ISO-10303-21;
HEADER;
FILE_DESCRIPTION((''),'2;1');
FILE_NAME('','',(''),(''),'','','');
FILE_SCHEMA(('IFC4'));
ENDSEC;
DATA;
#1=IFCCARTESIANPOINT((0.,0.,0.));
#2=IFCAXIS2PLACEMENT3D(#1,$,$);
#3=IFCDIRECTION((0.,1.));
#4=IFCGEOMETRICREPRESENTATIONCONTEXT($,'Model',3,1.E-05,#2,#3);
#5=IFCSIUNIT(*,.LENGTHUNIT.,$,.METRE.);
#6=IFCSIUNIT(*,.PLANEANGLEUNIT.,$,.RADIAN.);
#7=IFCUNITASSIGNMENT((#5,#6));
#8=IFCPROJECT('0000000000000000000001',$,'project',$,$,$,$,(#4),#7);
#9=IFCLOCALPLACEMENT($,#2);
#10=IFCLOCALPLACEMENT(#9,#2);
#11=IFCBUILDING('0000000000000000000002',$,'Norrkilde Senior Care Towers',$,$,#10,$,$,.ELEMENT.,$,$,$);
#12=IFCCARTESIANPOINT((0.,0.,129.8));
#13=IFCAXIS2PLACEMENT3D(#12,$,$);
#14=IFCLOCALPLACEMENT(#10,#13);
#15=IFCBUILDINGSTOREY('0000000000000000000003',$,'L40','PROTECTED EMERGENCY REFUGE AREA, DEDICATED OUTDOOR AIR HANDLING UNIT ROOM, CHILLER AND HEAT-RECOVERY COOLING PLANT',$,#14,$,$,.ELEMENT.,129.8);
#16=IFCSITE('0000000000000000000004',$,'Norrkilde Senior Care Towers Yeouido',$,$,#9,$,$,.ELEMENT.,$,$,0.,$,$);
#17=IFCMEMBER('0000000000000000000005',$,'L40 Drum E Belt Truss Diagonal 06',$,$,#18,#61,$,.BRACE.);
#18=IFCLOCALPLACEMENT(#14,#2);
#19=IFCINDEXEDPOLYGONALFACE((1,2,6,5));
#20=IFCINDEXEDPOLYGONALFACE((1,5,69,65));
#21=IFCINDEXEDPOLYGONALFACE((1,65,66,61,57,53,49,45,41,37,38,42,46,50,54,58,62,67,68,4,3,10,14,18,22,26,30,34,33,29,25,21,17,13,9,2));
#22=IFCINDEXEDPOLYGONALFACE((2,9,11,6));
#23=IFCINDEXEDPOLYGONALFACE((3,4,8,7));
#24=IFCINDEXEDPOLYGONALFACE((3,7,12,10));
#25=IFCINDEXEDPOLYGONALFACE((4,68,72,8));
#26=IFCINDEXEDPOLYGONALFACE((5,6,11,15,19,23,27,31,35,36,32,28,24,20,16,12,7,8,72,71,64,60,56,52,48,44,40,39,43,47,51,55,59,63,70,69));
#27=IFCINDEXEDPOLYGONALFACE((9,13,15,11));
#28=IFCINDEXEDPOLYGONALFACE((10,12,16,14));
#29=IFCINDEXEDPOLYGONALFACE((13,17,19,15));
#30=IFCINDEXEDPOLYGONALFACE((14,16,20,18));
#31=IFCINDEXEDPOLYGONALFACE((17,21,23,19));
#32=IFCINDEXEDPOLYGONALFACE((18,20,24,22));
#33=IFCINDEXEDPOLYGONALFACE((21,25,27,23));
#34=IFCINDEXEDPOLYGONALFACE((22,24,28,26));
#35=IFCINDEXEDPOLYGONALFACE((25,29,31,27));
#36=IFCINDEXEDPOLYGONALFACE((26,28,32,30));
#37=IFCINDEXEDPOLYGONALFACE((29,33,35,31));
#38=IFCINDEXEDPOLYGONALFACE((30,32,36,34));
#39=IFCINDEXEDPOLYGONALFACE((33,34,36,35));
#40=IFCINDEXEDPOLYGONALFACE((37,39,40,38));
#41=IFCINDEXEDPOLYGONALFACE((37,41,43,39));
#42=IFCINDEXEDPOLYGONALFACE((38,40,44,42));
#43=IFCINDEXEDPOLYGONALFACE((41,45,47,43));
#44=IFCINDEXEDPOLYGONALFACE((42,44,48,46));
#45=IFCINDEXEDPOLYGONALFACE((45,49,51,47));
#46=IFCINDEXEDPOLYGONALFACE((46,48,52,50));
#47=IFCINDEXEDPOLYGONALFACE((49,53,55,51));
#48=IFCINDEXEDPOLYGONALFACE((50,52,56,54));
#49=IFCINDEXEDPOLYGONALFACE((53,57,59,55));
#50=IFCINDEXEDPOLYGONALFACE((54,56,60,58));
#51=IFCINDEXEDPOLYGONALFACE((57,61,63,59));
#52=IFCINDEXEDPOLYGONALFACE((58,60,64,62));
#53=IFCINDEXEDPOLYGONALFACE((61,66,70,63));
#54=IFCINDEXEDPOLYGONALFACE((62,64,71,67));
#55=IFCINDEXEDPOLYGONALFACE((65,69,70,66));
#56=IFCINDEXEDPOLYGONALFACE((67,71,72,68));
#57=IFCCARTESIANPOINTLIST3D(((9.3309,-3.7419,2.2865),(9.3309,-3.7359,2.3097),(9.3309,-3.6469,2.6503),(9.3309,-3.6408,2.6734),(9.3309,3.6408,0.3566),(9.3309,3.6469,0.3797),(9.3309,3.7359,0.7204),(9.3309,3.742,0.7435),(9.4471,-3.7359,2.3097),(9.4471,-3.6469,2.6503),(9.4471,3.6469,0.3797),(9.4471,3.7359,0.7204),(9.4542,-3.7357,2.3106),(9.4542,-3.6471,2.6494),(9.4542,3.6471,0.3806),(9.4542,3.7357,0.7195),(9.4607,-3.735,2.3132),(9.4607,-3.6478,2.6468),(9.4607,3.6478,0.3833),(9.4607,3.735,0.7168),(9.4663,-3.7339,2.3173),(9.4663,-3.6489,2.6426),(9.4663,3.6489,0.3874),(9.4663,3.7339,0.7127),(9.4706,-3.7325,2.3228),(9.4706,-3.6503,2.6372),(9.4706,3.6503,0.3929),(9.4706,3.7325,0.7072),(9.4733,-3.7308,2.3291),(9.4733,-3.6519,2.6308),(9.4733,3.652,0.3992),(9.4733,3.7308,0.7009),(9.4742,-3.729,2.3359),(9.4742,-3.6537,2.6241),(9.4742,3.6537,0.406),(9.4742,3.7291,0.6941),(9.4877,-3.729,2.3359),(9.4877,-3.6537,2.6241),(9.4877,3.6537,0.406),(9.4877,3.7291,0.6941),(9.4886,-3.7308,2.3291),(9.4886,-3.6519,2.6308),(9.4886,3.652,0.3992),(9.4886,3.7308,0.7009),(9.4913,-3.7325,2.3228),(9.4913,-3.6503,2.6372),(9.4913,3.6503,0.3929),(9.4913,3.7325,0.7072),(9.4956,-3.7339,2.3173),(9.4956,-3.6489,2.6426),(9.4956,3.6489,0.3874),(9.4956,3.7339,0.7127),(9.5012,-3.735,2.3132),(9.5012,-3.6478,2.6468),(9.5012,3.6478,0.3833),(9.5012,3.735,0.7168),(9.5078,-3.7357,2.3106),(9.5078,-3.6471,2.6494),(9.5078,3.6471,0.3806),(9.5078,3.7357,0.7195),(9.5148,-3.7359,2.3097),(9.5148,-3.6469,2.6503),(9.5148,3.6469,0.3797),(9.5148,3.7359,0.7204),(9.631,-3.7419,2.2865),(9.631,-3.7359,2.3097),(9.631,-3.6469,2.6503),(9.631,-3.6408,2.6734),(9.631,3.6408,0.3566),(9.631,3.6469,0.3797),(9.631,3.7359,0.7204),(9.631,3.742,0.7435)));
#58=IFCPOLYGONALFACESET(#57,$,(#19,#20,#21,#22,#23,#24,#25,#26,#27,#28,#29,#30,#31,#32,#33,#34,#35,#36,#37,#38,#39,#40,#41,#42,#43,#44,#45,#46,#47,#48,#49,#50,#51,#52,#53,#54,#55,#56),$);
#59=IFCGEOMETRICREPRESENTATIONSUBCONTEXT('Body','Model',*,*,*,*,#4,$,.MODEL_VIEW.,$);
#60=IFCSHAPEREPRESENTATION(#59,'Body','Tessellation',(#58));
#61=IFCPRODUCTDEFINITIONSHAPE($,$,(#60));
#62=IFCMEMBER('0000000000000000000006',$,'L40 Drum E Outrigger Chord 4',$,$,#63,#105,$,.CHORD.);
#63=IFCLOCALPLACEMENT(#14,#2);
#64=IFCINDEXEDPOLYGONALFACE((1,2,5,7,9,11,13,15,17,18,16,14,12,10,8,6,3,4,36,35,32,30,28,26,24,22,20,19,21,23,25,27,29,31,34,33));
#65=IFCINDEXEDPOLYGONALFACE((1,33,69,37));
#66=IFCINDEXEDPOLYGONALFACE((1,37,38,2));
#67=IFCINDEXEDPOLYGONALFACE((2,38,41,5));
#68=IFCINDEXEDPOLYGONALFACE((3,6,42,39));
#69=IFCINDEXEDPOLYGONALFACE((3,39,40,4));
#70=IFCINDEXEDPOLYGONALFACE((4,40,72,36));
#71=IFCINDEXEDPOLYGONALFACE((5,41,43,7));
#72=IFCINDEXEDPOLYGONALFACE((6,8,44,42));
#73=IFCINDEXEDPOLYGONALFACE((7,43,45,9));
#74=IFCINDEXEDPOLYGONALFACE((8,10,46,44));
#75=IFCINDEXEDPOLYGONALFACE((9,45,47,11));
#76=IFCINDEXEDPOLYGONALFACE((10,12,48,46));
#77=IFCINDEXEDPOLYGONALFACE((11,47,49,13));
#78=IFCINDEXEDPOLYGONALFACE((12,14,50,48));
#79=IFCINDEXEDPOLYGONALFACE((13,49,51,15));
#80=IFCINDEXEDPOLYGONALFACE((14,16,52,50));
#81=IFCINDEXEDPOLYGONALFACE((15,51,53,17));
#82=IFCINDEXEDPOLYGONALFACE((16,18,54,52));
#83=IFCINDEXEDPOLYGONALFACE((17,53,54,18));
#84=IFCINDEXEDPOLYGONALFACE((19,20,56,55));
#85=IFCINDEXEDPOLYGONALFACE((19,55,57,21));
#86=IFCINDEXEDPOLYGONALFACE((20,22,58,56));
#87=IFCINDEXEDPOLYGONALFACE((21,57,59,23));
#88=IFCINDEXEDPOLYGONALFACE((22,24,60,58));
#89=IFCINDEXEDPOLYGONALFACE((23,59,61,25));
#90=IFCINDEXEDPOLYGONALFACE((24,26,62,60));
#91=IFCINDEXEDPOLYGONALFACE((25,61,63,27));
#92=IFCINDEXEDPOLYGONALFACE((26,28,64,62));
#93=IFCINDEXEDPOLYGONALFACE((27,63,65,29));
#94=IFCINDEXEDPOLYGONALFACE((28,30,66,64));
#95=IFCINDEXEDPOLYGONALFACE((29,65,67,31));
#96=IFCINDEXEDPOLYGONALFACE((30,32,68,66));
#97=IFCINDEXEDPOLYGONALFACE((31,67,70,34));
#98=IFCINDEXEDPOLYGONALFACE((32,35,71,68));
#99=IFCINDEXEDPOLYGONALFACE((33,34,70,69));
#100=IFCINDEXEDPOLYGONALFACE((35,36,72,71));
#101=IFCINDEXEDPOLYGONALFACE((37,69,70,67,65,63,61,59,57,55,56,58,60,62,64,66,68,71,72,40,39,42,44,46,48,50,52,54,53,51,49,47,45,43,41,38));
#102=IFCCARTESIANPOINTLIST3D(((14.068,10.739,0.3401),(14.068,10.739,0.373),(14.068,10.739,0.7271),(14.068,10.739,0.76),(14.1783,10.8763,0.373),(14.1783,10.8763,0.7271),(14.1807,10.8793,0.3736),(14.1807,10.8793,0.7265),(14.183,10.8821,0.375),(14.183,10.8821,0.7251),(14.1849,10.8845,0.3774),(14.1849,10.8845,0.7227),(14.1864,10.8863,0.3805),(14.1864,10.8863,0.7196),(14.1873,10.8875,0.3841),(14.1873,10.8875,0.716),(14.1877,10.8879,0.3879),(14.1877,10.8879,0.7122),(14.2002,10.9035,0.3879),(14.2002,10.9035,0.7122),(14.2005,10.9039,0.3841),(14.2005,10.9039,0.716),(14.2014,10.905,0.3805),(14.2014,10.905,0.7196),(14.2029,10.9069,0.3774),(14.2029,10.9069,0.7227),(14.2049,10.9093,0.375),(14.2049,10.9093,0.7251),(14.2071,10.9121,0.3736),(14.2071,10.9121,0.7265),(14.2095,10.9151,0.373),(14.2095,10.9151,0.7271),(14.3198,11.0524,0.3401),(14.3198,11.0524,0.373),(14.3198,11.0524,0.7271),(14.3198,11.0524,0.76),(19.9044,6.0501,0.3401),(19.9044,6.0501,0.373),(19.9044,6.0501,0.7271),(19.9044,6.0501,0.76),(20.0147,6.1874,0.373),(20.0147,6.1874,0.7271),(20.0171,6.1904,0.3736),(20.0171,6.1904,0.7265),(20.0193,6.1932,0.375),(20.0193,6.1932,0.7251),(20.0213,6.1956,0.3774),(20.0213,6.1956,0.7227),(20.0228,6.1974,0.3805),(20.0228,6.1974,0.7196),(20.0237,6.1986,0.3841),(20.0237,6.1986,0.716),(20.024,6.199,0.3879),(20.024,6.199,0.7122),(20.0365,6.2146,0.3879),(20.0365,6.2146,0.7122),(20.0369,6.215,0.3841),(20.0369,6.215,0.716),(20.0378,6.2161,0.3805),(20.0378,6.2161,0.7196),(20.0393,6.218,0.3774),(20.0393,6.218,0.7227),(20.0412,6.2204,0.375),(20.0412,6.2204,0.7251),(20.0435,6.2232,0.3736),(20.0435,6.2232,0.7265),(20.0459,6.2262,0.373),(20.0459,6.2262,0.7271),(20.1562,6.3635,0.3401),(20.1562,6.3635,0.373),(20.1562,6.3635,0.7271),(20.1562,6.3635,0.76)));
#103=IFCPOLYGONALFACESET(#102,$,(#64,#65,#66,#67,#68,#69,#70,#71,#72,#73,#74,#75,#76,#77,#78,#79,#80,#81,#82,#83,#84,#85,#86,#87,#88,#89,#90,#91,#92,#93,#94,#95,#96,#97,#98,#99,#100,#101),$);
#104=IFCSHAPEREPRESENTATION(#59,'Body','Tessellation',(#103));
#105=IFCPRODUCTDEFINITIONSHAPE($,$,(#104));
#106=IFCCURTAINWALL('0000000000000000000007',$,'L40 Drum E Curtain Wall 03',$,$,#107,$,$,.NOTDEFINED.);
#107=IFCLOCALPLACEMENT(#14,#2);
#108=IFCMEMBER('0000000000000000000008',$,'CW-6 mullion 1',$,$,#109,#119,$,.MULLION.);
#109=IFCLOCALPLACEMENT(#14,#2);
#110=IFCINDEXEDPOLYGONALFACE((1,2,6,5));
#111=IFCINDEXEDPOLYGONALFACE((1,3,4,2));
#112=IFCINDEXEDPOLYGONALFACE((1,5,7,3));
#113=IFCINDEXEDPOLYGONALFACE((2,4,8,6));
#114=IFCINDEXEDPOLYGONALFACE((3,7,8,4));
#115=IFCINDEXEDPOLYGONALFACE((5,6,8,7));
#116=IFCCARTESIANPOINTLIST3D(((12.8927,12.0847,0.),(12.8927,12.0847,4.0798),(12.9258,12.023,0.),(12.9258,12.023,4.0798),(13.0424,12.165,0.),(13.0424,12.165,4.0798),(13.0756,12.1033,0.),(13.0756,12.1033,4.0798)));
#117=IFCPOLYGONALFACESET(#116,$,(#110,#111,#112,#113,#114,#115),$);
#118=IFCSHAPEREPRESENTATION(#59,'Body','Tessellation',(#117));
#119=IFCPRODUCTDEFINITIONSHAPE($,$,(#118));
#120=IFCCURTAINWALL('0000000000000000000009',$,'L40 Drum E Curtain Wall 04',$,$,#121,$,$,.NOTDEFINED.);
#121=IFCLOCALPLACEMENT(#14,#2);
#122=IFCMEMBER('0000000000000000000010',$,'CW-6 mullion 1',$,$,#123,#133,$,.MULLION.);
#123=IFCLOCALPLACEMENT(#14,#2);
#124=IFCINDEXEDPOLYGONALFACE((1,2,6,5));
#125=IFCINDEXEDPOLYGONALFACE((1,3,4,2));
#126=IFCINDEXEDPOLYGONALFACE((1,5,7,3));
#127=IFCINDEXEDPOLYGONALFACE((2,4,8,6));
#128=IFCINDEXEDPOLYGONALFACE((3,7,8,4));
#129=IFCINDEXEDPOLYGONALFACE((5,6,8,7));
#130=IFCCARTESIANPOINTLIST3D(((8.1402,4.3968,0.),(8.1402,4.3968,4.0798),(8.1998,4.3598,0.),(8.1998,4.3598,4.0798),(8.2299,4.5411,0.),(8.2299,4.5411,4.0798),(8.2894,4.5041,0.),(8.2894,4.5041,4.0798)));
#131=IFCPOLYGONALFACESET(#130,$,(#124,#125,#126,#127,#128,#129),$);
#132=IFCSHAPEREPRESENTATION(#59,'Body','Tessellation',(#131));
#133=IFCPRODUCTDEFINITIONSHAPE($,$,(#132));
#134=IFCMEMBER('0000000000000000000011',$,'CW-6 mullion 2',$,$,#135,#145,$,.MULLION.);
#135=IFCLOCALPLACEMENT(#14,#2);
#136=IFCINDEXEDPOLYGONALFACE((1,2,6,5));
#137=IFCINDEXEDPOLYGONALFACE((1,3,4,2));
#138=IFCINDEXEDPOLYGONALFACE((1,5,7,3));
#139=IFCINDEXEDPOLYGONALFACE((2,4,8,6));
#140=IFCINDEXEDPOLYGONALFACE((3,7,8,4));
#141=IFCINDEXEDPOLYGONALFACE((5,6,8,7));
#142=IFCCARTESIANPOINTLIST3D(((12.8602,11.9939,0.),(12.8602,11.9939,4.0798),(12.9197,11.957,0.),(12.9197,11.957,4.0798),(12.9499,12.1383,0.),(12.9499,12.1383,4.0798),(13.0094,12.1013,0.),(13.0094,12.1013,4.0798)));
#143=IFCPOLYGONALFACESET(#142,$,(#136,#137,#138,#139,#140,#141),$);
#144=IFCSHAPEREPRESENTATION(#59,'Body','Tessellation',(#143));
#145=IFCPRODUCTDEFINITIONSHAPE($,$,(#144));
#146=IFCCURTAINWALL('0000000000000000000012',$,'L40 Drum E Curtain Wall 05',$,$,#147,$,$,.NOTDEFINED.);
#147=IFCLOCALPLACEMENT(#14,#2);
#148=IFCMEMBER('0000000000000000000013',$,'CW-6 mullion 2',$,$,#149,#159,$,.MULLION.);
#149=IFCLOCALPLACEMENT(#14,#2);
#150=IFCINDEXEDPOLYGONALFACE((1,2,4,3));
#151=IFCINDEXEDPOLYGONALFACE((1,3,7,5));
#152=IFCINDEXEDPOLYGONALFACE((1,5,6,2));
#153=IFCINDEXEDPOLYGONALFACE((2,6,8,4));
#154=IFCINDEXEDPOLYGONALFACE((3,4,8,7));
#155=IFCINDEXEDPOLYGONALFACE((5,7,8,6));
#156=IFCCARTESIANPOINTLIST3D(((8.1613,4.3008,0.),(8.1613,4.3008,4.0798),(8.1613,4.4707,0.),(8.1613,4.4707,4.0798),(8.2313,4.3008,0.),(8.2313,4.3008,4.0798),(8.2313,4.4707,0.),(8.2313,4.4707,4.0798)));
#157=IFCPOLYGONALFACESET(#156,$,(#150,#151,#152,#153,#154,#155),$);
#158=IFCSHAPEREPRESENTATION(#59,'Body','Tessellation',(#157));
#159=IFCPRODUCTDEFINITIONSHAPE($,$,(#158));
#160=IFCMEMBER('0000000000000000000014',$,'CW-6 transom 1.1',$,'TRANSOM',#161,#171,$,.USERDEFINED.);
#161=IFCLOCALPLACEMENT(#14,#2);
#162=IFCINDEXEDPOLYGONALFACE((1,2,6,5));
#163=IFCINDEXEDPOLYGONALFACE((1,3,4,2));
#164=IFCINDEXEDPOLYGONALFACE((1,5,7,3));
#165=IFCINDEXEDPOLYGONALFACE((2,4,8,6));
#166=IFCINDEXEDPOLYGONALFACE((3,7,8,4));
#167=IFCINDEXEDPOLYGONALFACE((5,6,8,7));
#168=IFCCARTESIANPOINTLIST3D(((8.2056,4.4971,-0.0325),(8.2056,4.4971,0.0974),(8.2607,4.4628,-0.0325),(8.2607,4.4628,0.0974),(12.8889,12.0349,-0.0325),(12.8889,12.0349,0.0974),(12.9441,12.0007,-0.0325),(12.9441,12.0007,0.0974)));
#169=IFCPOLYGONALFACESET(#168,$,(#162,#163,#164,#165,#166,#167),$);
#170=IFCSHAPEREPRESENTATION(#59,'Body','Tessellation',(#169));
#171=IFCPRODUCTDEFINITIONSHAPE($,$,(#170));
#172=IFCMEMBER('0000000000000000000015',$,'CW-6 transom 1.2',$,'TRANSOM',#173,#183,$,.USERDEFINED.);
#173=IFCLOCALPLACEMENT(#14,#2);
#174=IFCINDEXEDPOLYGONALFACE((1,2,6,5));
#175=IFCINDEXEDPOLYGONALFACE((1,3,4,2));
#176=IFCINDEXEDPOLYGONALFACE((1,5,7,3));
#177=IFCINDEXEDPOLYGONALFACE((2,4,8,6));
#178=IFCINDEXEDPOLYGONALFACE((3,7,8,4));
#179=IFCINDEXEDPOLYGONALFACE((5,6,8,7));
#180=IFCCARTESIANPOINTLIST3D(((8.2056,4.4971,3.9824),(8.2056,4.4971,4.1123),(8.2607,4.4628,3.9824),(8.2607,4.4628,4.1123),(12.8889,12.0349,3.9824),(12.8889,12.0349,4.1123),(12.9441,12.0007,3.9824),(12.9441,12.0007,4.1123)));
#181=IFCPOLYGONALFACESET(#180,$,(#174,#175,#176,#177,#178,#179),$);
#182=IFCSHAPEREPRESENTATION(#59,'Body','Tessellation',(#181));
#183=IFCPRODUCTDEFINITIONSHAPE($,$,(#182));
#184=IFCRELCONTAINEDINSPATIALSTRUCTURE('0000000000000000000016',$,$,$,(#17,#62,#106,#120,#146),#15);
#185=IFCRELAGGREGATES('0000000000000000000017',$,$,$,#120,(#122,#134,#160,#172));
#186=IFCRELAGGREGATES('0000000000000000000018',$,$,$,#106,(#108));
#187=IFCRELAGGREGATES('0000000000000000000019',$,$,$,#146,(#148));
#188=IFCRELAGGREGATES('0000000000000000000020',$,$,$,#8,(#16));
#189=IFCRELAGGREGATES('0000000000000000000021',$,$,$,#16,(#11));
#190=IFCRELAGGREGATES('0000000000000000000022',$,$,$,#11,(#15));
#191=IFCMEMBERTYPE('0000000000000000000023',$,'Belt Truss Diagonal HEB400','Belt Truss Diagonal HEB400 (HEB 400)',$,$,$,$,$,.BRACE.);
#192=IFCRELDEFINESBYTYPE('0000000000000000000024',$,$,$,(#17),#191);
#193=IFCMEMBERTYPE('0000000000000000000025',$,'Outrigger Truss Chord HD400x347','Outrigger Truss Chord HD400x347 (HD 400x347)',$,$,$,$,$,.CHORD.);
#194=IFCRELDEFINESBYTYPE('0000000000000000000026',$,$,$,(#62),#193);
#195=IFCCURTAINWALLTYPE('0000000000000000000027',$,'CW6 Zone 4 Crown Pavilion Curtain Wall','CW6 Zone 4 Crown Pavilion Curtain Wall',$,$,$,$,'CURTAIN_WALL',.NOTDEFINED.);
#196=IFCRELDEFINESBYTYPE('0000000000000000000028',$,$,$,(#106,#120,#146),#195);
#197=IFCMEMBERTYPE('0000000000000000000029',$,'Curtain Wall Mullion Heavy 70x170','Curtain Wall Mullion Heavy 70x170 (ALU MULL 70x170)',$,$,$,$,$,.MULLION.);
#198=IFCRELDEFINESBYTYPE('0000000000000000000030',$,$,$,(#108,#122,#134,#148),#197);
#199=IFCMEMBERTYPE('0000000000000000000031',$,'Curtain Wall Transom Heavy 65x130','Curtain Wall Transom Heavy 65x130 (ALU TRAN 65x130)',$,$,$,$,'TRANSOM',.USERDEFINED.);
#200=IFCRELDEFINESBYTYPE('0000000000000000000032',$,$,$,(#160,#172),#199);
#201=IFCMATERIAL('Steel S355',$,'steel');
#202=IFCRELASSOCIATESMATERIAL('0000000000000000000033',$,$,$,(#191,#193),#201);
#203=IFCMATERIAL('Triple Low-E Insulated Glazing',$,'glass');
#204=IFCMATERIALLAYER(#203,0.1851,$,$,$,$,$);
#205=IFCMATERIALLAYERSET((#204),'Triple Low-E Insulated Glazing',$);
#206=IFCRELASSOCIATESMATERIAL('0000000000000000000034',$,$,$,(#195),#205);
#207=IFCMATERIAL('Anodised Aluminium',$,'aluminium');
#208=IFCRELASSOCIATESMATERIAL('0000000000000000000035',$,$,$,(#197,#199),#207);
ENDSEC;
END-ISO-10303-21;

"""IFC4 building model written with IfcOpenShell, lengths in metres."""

from ifc_helpers import new_model, si_unit, direction, frame, origin, origin_2d, place, context, subcontext, project, spatial, rectangle, i_section, extrude, source, transform, mapped, material, layer, layer_set, material_profile, profile_set, type_object, type_shapes, element, aggregate, save


model = new_model("IFC4")

# Units and contexts
model_context = context("Model", 3, precision=1e-05, world=origin(), true_north=direction((0.0, 1.0)))
body_context = subcontext(model_context, "Body", "Model", "MODEL_VIEW")
ifc_project = project(units=[si_unit("LENGTHUNIT", "METRE"), si_unit("PLANEANGLEUNIT", "RADIAN")], contexts=[model_context])

# Site, building, storey
site_placement = place(None, origin())
site = spatial("IfcSite", under=ifc_project, at=site_placement, Name="Norrkilde Senior Care Towers Yeouido", CompositionType="ELEMENT", RefElevation=0.0)
building_placement = place(site_placement, origin())
building = spatial("IfcBuilding", under=site, at=building_placement, Name="Norrkilde Senior Care Towers", CompositionType="ELEMENT")
storey_placement = place(building_placement, frame((0.0, 0.0, 129.8)))
storey = spatial("IfcBuildingStorey", under=building, at=storey_placement, Name="L40", Description="PROTECTED EMERGENCY REFUGE AREA, DEDICATED OUTDOOR AIR HANDLING UNIT ROOM, CHILLER AND HEAT-RECOVERY COOLING PLANT", CompositionType="ELEMENT", Elevation=129.8)

# Members
ifc_material_1 = material(Name="Steel S355", Category="steel")
ifc_material_profile_1 = material_profile(ifc_material_1, i_section(OverallWidth=0.3, OverallDepth=0.3999, WebThickness=0.0134, FlangeThickness=0.0239, FilletRadius=0.0271, at=origin_2d()), Name="HEB 400")
ifc_profile_set_1 = profile_set([ifc_material_profile_1], Name="Steel S355")
member_type_1 = type_object("IfcMemberType", Name="Belt Truss Diagonal HEB400", Description="Belt Truss Diagonal HEB400 (HEB 400)", PredefinedType="BRACE", material=ifc_profile_set_1)
shared_shape_1 = source(origin(), body_context, "Body", "SweptSolid", [
    extrude(i_section(OverallWidth=0.3, OverallDepth=0.3999, WebThickness=0.0134, FlangeThickness=0.0239, FilletRadius=0.0271, at=origin_2d()), origin(), (0.0, 0.0, 1.0), 7.6309),
])
member_1_placement = place(storey_placement, frame((9.481, 3.6914, 0.55), z_axis=(0.0, -0.96749, 0.25291), x_axis=(1.0, 0.0, 0.0)))
element("IfcMember", 1, at=member_1_placement, inside=storey, type_object=member_type_1, Name="L40 Drum E Belt Truss Diagonal 06", PredefinedType="BRACE", context=body_context, shape_type="MappedRepresentation", body=[
    mapped(shared_shape_1, transform((0.0, 0.0, 0.0), x_axis=(1.0, 0.0, 0.0), y_axis=(0.0, 1.0, 0.0), z_axis=(0.0, 0.0, 1.0), scale=1.0)),
])
ifc_material_profile_2 = material_profile(ifc_material_1, i_section(OverallWidth=0.4021, OverallDepth=0.4199, WebThickness=0.02, FlangeThickness=0.033, FilletRadius=0.0149, at=origin_2d()), Name="HD 400x347")
ifc_profile_set_2 = profile_set([ifc_material_profile_2], Name="Steel S355")
member_type_2 = type_object("IfcMemberType", Name="Outrigger Truss Chord HD400x347", Description="Outrigger Truss Chord HD400x347 (HD 400x347)", PredefinedType="CHORD", material=ifc_profile_set_2)
shared_shape_2 = source(origin(), body_context, "Body", "SweptSolid", [
    extrude(i_section(OverallWidth=0.4021, OverallDepth=0.4199, WebThickness=0.02, FlangeThickness=0.033, FilletRadius=0.0149, at=origin_2d()), origin(), (0.0, 0.0, 1.0), 7.4866),
])
type_shapes(member_type_2, [shared_shape_2])
member_2_placement = place(storey_placement, frame((20.0303, 6.2068, 0.55), z_axis=(-0.779575, 0.626308, 0.0), x_axis=(-0.626308, -0.779575, 0.0)))
element("IfcMember", 2, at=member_2_placement, inside=storey, type_object=member_type_2, Name="L40 Drum E Outrigger Chord 4", PredefinedType="CHORD", context=body_context, shape_type="MappedRepresentation", body=[
    mapped(shared_shape_2, transform((0.0, 0.0, 0.0), x_axis=(1.0, 0.0, 0.0), y_axis=(0.0, 1.0, 0.0), z_axis=(0.0, 0.0, 1.0), scale=1.0)),
])

# Curtain wall, member
ifc_material_2 = material(Name="Triple Low-E Insulated Glazing", Category="glass")
ifc_layer_1 = layer(ifc_material_2, 0.1851)
ifc_layer_set_1 = layer_set([ifc_layer_1], Name="Triple Low-E Insulated Glazing")
curtain_wall_type = type_object("IfcCurtainWallType", Name="CW6 Zone 4 Crown Pavilion Curtain Wall", Description="CW6 Zone 4 Crown Pavilion Curtain Wall", ElementType="CURTAIN_WALL", PredefinedType="NOTDEFINED", material=ifc_layer_set_1)
curtain_wall_1_placement = place(storey_placement, origin())
curtain_wall_1 = element("IfcCurtainWall", 3, at=curtain_wall_1_placement, inside=storey, type_object=curtain_wall_type, Name="L40 Drum E Curtain Wall 03", PredefinedType="NOTDEFINED")
ifc_material_3 = material(Name="Anodised Aluminium", Category="aluminium")
ifc_material_profile_3 = material_profile(ifc_material_3, rectangle(XDim=0.0701, YDim=0.1699, at=origin_2d()), Name="ALU MULL 70x170")
ifc_profile_set_3 = profile_set([ifc_material_profile_3], Name="Anodised Aluminium")
member_type_3 = type_object("IfcMemberType", Name="Curtain Wall Mullion Heavy 70x170", Description="Curtain Wall Mullion Heavy 70x170 (ALU MULL 70x170)", PredefinedType="MULLION", material=ifc_profile_set_3)
shared_shape_3 = source(origin(), body_context, "Body", "SweptSolid", [
    extrude(rectangle(XDim=0.0701, YDim=0.1699, at=origin_2d()), origin(), (0.0, 0.0, 1.0), 4.0798),
])
type_shapes(member_type_3, [shared_shape_3])
member_3_placement = place(storey_placement, frame((12.9841, 12.094, 0.0), z_axis=(0.0, 0.0, 1.0), x_axis=(-0.472769, 0.881186, 0.0)))
member_3 = element("IfcMember", 4, at=member_3_placement, type_object=member_type_3, Name="CW-6 mullion 1", PredefinedType="MULLION", context=body_context, shape_type="MappedRepresentation", body=[
    mapped(shared_shape_3, transform((0.0, 0.0, 0.0), x_axis=(1.0, 0.0, 0.0), y_axis=(0.0, 1.0, 0.0), z_axis=(0.0, 0.0, 1.0), scale=1.0)),
])

# Curtain wall, members
curtain_wall_2_placement = place(storey_placement, origin())
curtain_wall_2 = element("IfcCurtainWall", 5, at=curtain_wall_2_placement, inside=storey, type_object=curtain_wall_type, Name="L40 Drum E Curtain Wall 04", PredefinedType="NOTDEFINED")
member_4_placement = place(storey_placement, frame((8.2148, 4.4504, 0.0), z_axis=(0.0, 0.0, 1.0), x_axis=(-0.84941, 0.527733, 0.0)))
member_4 = element("IfcMember", 6, at=member_4_placement, type_object=member_type_3, Name="CW-6 mullion 1", PredefinedType="MULLION", context=body_context, shape_type="MappedRepresentation", body=[
    mapped(shared_shape_3, transform((0.0, 0.0, 0.0), x_axis=(1.0, 0.0, 0.0), y_axis=(0.0, 1.0, 0.0), z_axis=(0.0, 0.0, 1.0), scale=1.0)),
])
member_5_placement = place(storey_placement, frame((12.9348, 12.0476, 0.0), z_axis=(0.0, 0.0, 1.0), x_axis=(-0.84941, 0.527733, 0.0)))
member_5 = element("IfcMember", 7, at=member_5_placement, type_object=member_type_3, Name="CW-6 mullion 2", PredefinedType="MULLION", context=body_context, shape_type="MappedRepresentation", body=[
    mapped(shared_shape_3, transform((0.0, 0.0, 0.0), x_axis=(1.0, 0.0, 0.0), y_axis=(0.0, 1.0, 0.0), z_axis=(0.0, 0.0, 1.0), scale=1.0)),
])

# Curtain wall, member
curtain_wall_3_placement = place(storey_placement, origin())
curtain_wall_3 = element("IfcCurtainWall", 8, at=curtain_wall_3_placement, inside=storey, type_object=curtain_wall_type, Name="L40 Drum E Curtain Wall 05", PredefinedType="NOTDEFINED")
member_6_placement = place(storey_placement, frame((8.1963, 4.3857, 0.0), z_axis=(0.0, 0.0, 1.0), x_axis=(-1.0, 0.0, 0.0)))
member_6 = element("IfcMember", 9, at=member_6_placement, type_object=member_type_3, Name="CW-6 mullion 2", PredefinedType="MULLION", context=body_context, shape_type="MappedRepresentation", body=[
    mapped(shared_shape_3, transform((0.0, 0.0, 0.0), x_axis=(1.0, 0.0, 0.0), y_axis=(0.0, 1.0, 0.0), z_axis=(0.0, 0.0, 1.0), scale=1.0)),
])

# Members
ifc_material_profile_4 = material_profile(ifc_material_3, rectangle(XDim=0.0649, YDim=0.1299, at=origin_2d()), Name="ALU TRAN 65x130")
ifc_profile_set_4 = profile_set([ifc_material_profile_4], Name="Anodised Aluminium")
member_type_4 = type_object("IfcMemberType", Name="Curtain Wall Transom Heavy 65x130", Description="Curtain Wall Transom Heavy 65x130 (ALU TRAN 65x130)", ElementType="TRANSOM", PredefinedType="USERDEFINED", material=ifc_profile_set_4)
shared_shape_4 = source(origin(), body_context, "Body", "SweptSolid", [
    extrude(rectangle(XDim=0.0649, YDim=0.1299, at=origin_2d()), origin(), (0.0, 0.0, 1.0), 8.8743),
])
member_7_placement = place(storey_placement, frame((8.2332, 4.48, 0.0325), z_axis=(0.527744, 0.849403, 0.0), x_axis=(-0.849403, 0.527744, 0.0)))
member_7 = element("IfcMember", 10, at=member_7_placement, type_object=member_type_4, Name="CW-6 transom 1.1", ObjectType="TRANSOM", PredefinedType="USERDEFINED", context=body_context, shape_type="MappedRepresentation", body=[
    mapped(shared_shape_4, transform((0.0, 0.0, 0.0), x_axis=(1.0, 0.0, 0.0), y_axis=(0.0, 1.0, 0.0), z_axis=(0.0, 0.0, 1.0), scale=1.0)),
])
member_8_placement = place(storey_placement, frame((8.2332, 4.48, 4.0474), z_axis=(0.527744, 0.849403, 0.0), x_axis=(-0.849403, 0.527744, 0.0)))
member_8 = element("IfcMember", 11, at=member_8_placement, type_object=member_type_4, Name="CW-6 transom 1.2", ObjectType="TRANSOM", PredefinedType="USERDEFINED", context=body_context, shape_type="MappedRepresentation", body=[
    mapped(shared_shape_4, transform((0.0, 0.0, 0.0), x_axis=(1.0, 0.0, 0.0), y_axis=(0.0, 1.0, 0.0), z_axis=(0.0, 0.0, 1.0), scale=1.0)),
])

aggregate(curtain_wall_2, [member_4, member_5, member_7, member_8])
aggregate(curtain_wall_1, [member_3])
aggregate(curtain_wall_3, [member_6])

save(model, "model.ifc")
